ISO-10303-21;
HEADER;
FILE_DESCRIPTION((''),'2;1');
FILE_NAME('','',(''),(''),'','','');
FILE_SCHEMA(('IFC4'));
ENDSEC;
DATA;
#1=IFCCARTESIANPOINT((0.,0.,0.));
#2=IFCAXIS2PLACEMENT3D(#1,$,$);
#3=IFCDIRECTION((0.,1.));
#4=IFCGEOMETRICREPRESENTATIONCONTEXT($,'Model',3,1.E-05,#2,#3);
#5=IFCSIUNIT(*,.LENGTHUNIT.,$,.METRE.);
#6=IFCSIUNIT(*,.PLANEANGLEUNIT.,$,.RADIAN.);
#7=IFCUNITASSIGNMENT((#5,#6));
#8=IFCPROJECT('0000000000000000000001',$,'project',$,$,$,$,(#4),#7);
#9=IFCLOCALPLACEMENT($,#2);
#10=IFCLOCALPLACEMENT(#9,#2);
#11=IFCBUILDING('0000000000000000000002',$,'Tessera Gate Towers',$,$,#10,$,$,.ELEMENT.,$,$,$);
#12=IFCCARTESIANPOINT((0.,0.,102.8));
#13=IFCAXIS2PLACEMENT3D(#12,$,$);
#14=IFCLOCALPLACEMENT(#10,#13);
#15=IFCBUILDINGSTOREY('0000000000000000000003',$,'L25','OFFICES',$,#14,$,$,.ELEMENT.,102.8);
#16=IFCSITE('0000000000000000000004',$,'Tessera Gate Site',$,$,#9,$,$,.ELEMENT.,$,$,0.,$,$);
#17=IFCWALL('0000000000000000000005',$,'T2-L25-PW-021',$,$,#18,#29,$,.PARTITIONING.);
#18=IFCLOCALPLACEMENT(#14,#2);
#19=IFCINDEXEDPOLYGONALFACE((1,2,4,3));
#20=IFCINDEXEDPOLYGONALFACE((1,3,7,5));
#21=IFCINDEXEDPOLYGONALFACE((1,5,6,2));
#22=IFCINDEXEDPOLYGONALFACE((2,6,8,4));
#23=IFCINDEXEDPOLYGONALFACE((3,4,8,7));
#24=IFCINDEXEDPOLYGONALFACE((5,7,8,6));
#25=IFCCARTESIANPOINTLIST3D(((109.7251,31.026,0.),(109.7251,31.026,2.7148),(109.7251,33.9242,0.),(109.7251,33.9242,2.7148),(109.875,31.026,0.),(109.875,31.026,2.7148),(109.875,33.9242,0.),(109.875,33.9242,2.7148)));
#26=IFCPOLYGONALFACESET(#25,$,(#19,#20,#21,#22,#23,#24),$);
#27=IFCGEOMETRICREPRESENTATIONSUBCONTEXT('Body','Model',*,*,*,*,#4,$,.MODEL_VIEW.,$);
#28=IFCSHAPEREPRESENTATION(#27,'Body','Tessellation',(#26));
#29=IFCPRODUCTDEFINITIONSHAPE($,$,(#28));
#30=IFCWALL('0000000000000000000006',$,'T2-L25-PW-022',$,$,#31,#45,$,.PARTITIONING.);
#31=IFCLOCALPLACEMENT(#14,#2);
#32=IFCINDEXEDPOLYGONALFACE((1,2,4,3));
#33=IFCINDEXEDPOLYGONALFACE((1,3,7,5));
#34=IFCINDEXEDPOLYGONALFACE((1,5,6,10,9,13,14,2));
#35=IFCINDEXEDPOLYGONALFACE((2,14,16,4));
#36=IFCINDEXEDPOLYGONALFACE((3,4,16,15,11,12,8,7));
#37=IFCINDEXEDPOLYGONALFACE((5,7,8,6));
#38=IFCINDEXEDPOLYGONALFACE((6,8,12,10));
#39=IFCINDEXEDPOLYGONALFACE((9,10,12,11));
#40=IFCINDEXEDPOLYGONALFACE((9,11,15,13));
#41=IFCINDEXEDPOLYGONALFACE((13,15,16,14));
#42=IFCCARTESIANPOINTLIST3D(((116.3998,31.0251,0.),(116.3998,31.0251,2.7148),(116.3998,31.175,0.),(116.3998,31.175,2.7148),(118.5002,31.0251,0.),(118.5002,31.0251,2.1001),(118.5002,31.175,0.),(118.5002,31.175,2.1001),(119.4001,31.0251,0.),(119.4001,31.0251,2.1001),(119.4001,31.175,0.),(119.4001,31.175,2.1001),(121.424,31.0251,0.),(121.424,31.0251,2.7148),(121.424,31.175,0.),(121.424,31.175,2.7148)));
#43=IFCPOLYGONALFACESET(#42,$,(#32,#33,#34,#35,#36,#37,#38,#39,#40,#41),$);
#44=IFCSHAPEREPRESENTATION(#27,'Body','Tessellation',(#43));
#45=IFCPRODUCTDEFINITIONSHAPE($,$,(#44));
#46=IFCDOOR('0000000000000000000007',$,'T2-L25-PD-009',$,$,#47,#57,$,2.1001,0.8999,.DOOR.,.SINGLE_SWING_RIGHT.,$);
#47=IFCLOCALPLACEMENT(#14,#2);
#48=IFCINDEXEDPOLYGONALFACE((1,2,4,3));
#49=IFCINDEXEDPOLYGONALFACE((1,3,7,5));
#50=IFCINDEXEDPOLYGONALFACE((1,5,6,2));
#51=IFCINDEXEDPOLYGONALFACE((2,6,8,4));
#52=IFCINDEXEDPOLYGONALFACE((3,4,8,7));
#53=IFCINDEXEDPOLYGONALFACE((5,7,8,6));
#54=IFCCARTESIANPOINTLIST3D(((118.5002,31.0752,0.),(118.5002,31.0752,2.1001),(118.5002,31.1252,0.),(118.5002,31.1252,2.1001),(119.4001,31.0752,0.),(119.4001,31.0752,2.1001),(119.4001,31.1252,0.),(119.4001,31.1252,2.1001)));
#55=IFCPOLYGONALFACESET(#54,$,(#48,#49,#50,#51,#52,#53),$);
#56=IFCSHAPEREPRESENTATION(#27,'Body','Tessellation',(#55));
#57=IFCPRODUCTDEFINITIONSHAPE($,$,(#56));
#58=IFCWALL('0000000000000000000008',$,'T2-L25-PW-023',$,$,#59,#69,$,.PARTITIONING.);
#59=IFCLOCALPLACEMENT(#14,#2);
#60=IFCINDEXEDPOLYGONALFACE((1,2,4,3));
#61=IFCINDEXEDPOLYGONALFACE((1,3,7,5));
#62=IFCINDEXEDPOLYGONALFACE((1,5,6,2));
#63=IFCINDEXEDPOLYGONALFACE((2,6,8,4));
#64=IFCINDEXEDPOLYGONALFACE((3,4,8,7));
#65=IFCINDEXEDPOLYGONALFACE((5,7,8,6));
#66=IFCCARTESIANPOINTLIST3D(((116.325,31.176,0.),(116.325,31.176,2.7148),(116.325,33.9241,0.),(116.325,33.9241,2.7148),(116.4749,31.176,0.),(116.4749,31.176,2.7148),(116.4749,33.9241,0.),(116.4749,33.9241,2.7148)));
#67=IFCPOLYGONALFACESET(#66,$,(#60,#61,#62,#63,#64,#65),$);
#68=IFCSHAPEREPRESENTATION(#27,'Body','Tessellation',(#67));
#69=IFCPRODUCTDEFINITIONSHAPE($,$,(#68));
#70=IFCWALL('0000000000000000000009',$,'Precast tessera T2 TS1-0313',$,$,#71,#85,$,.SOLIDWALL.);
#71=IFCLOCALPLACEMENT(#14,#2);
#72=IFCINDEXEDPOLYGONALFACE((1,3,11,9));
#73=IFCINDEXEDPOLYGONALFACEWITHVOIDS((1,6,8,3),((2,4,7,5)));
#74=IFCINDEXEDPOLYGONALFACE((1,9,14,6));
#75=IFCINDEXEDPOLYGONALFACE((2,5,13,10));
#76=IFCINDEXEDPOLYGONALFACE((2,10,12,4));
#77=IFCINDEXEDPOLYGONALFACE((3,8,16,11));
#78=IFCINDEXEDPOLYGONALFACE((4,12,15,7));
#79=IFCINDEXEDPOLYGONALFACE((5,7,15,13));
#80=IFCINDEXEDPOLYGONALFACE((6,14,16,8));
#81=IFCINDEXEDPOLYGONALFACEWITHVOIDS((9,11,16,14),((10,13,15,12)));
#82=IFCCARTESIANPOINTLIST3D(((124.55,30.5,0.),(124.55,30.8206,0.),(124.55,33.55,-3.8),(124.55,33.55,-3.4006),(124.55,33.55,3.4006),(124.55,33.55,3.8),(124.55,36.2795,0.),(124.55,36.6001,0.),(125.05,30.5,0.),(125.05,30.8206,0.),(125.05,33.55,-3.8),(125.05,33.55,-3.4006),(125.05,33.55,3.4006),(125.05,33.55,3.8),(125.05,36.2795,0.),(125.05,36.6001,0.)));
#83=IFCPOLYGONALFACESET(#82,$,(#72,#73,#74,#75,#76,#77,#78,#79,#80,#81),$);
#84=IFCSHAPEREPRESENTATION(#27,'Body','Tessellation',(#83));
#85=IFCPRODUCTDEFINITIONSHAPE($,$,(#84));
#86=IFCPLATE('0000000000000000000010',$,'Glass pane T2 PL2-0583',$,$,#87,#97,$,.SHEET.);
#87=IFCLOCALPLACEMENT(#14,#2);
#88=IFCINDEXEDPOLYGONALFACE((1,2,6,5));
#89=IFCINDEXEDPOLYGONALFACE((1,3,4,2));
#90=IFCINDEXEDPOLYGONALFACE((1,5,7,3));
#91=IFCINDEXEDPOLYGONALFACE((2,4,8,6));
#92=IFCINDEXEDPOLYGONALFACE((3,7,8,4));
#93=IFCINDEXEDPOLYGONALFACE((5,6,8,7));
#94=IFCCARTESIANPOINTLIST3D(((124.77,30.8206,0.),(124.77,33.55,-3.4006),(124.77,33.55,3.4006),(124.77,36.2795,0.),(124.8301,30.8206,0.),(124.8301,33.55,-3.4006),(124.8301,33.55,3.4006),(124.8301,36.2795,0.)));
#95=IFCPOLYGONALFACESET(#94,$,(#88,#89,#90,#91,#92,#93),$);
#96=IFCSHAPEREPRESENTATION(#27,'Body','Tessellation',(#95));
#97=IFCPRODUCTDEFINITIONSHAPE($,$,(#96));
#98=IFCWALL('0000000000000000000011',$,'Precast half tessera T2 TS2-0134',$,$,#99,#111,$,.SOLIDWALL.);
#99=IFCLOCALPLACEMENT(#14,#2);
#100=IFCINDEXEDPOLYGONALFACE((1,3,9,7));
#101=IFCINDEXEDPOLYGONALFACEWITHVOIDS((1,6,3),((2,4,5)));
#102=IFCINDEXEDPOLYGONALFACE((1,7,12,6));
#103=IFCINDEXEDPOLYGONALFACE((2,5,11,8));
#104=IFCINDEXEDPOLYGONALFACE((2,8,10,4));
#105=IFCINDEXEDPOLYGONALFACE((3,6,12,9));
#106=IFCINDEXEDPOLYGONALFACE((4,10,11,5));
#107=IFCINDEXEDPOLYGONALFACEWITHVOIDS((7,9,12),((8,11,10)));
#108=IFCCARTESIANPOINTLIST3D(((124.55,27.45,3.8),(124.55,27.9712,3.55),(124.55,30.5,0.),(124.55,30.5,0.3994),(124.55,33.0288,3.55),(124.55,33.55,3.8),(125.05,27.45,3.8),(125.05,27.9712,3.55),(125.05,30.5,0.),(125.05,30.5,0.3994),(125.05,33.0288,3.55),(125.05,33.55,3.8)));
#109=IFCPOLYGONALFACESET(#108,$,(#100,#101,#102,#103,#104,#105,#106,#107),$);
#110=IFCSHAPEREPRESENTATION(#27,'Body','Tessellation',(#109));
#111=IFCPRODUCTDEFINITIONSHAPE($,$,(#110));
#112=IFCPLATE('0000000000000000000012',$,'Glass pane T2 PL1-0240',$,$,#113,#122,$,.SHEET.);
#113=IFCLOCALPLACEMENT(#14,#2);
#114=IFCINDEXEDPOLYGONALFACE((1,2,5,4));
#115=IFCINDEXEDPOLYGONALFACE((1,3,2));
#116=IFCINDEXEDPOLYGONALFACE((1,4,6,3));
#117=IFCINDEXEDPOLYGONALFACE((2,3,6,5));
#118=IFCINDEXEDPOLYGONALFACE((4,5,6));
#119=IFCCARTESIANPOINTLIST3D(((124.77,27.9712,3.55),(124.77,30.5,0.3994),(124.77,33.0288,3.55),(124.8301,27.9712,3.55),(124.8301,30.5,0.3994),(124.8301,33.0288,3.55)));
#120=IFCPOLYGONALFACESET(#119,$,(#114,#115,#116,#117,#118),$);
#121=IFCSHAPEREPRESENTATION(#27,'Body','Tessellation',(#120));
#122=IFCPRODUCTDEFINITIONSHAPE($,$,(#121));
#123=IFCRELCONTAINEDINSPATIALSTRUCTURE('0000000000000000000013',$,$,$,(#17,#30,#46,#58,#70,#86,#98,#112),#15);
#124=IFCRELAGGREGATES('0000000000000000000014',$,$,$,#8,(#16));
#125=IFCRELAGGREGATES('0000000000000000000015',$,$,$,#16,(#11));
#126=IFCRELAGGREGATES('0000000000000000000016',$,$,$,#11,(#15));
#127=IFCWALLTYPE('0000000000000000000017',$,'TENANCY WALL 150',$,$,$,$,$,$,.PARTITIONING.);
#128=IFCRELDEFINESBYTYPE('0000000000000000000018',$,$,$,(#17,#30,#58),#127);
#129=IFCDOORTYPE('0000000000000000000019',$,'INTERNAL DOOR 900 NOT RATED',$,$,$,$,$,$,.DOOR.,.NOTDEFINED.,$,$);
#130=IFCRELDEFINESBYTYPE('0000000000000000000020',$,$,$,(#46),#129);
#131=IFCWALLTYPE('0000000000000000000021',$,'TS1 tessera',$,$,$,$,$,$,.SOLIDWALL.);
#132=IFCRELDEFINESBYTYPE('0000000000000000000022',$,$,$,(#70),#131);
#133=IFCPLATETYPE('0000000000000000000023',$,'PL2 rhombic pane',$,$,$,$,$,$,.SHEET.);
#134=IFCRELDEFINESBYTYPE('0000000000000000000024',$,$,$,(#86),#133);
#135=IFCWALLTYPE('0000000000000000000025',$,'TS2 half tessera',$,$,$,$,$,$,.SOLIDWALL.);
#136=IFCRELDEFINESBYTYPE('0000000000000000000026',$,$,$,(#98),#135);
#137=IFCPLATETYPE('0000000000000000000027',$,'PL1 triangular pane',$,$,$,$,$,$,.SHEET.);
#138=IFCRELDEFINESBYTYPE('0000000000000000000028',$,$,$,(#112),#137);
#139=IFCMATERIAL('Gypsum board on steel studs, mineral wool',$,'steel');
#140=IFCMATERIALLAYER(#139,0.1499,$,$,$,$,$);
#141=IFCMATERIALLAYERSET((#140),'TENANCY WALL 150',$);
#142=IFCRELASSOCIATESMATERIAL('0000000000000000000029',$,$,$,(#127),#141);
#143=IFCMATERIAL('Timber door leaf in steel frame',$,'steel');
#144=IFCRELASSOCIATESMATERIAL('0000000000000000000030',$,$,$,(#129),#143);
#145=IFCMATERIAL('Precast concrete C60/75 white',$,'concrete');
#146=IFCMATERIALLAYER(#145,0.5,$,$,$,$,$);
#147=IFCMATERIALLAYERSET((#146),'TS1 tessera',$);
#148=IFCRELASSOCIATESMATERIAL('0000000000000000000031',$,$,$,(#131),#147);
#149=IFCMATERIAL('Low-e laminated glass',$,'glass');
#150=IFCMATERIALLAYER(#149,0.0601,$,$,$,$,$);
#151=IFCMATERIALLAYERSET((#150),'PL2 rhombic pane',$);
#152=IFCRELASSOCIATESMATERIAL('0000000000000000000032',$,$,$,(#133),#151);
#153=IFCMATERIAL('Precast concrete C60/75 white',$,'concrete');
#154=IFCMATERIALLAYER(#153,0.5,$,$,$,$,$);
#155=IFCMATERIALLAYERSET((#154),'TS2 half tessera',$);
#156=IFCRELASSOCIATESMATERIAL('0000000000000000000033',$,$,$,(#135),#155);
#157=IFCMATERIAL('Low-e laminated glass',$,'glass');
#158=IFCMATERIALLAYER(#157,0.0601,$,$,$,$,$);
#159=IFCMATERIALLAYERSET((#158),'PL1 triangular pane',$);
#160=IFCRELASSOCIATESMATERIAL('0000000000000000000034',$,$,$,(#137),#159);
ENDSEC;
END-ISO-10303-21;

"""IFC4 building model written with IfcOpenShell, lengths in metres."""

from ifc_helpers import new_model, si_unit, direction, frame, frame_2d, origin, place, context, subcontext, project, spatial, polyline, rectangle, outline, extrude, source, transform, mapped, material, layer, layer_set, type_object, element, fill, save


model = new_model("IFC4")

# Units and contexts
model_context = context("Model", 3, precision=1e-05, world=origin(), true_north=direction((0.0, 1.0)))
body_context = subcontext(model_context, "Body", "Model", "MODEL_VIEW")
ifc_project = project(units=[si_unit("LENGTHUNIT", "METRE"), si_unit("PLANEANGLEUNIT", "RADIAN")], contexts=[model_context])

# Site, building, storey
site_placement = place(None, origin())
site = spatial("IfcSite", under=ifc_project, at=site_placement, Name="Tessera Gate Site", CompositionType="ELEMENT", RefElevation=0.0)
building_placement = place(site_placement, origin())
building = spatial("IfcBuilding", under=site, at=building_placement, Name="Tessera Gate Towers", CompositionType="ELEMENT")
storey_placement = place(building_placement, frame((0.0, 0.0, 102.8)))
storey = spatial("IfcBuildingStorey", under=building, at=storey_placement, Name="L25", Description="OFFICES", CompositionType="ELEMENT", Elevation=102.8)

# Shared definitions
shared_shape_1 = source(origin(), body_context, "Body", "SweptSolid", [
    extrude(rectangle(XDim=0.8999, YDim=2.1001, at=frame_2d((0.45, 1.05))), frame((0.0, 0.085, 0.0), z_axis=(0.0, -1.0, 0.0), x_axis=(1.0, 0.0, 0.0)), (0.0, 0.0, 1.0), 0.1699),
])
shared_shape_2 = source(origin(), body_context, "Body", "SweptSolid", [
    extrude(rectangle(XDim=0.8999, YDim=2.1001, at=frame_2d((0.45, 1.05))), frame((0.0, 0.0249, 0.0), z_axis=(0.0, -1.0, 0.0), x_axis=(1.0, 0.0, 0.0)), (0.0, 0.0, 1.0), 0.05),
])

# Shared definitions
ifc_material_1 = material(Name="Gypsum board on steel studs, mineral wool", Category="steel")
ifc_layer_1 = layer(ifc_material_1, 0.1499)
ifc_layer_set_1 = layer_set([ifc_layer_1], Name="TENANCY WALL 150")
wall_type_1 = type_object("IfcWallType", Name="TENANCY WALL 150", PredefinedType="PARTITIONING", material=ifc_layer_set_1)
ifc_material_2 = material(Name="Timber door leaf in steel frame", Category="steel")
door_type_1 = type_object("IfcDoorType", Name="INTERNAL DOOR 900 NOT RATED", OperationType="NOTDEFINED", PredefinedType="DOOR", material=ifc_material_2)

# Wall
wall_1_placement = place(storey_placement, frame((109.8, 31.0259, 0.0), z_axis=(0.0, 0.0, 1.0), x_axis=(0.0, 1.0, 0.0)))
element("IfcWall", 1, at=wall_1_placement, inside=storey, type_object=wall_type_1, Name="T2-L25-PW-021", PredefinedType="PARTITIONING", context=body_context, shape_type="SweptSolid", body=[
    extrude(rectangle(XDim=2.8982, YDim=0.1499, at=frame_2d((1.4492, 0.0))), origin(), (0.0, 0.0, 1.0), 2.7148),
])

# Wall, opening, door
wall_2_placement = place(storey_placement, frame((121.4241, 31.1001, 0.0), z_axis=(0.0, 0.0, 1.0), x_axis=(-1.0, 0.0, 0.0)))
wall_2 = element("IfcWall", 2, at=wall_2_placement, inside=storey, type_object=wall_type_1, Name="T2-L25-PW-022", PredefinedType="PARTITIONING", context=body_context, shape_type="SweptSolid", body=[
    extrude(rectangle(XDim=5.0242, YDim=0.1499, at=frame_2d((2.5122, 0.0))), origin(), (0.0, 0.0, 1.0), 2.7148),
])
opening_1_placement = place(wall_2_placement, frame((2.0239, 0.0, 0.0)))
opening_1 = element("IfcOpeningElement", 3, at=opening_1_placement, cuts=wall_2, PredefinedType="OPENING", context=body_context, shape_type="MappedRepresentation", body=[
    mapped(shared_shape_1, transform((0.0, 0.0, 0.0), scale=1.0)),
])
door_1_placement = place(opening_1_placement, origin())
door_1 = element("IfcDoor", 4, at=door_1_placement, inside=storey, type_object=door_type_1, Name="T2-L25-PD-009", OperationType="SINGLE_SWING_RIGHT", OverallHeight=2.1001, OverallWidth=0.8999, PredefinedType="DOOR", context=body_context, shape_type="MappedRepresentation", body=[
    mapped(shared_shape_2, transform((0.0, 0.0, 0.0), scale=1.0)),
])
fill(opening_1, door_1)

# Wall
wall_3_placement = place(storey_placement, frame((116.3999, 31.176, 0.0), z_axis=(0.0, 0.0, 1.0), x_axis=(0.0, 1.0, 0.0)))
element("IfcWall", 5, at=wall_3_placement, inside=storey, type_object=wall_type_1, Name="T2-L25-PW-023", PredefinedType="PARTITIONING", context=body_context, shape_type="SweptSolid", body=[
    extrude(rectangle(XDim=2.748, YDim=0.1499, at=frame_2d((1.374, 0.0))), origin(), (0.0, 0.0, 1.0), 2.7148),
])

# Walls, openings, plates
ifc_material_3 = material(Name="Precast concrete C60/75 white", Category="concrete")
ifc_layer_2 = layer(ifc_material_3, 0.5)
ifc_layer_set_2 = layer_set([ifc_layer_2], Name="TS1 tessera")
wall_type_2 = type_object("IfcWallType", Name="TS1 tessera", PredefinedType="SOLIDWALL", material=ifc_layer_set_2)
shared_shape_3 = source(origin(), body_context, "Body", "SweptSolid", [
    extrude(outline(polyline([(3.05, 0.0), (6.1001, 3.8), (3.05, 7.6001), (0.0, 3.8), (3.05, 0.0)])), frame((0.0, 0.25, 0.0), z_axis=(0.0, -1.0, 0.0), x_axis=(1.0, 0.0, 0.0)), (0.0, 0.0, 1.0), 0.5),
])
wall_4_placement = place(storey_placement, frame((124.8, 30.5, -3.8), z_axis=(0.0, 0.0, 1.0), x_axis=(0.0, 1.0, 0.0)))
wall_4 = element("IfcWall", 6, at=wall_4_placement, inside=storey, type_object=wall_type_2, Name="Precast tessera T2 TS1-0313", PredefinedType="SOLIDWALL", context=body_context, shape_type="MappedRepresentation", body=[
    mapped(shared_shape_3, transform((0.0, 0.0, 0.0), scale=1.0)),
])
shared_shape_4 = source(origin(), body_context, "Body", "SweptSolid", [
    extrude(outline(polyline([(3.05, 0.3994), (5.7795, 3.8), (3.05, 7.2007), (0.3206, 3.8), (3.05, 0.3994)])), frame((0.0, 0.26, 0.0), z_axis=(0.0, -1.0, 0.0), x_axis=(1.0, 0.0, 0.0)), (0.0, 0.0, 1.0), 0.52),
])
opening_2_placement = place(wall_4_placement, origin())
opening_2 = element("IfcOpeningElement", 7, at=opening_2_placement, cuts=wall_4, PredefinedType="OPENING", context=body_context, shape_type="MappedRepresentation", body=[
    mapped(shared_shape_4, transform((0.0, 0.0, 0.0), scale=1.0)),
])
ifc_material_4 = material(Name="Low-e laminated glass", Category="glass")
ifc_layer_3 = layer(ifc_material_4, 0.0601)
ifc_layer_set_3 = layer_set([ifc_layer_3], Name="PL2 rhombic pane")
plate_type_1 = type_object("IfcPlateType", Name="PL2 rhombic pane", PredefinedType="SHEET", material=ifc_layer_set_3)
shared_shape_5 = source(origin(), body_context, "Body", "SweptSolid", [
    extrude(outline(polyline([(3.05, 0.3994), (5.7795, 3.8), (3.05, 7.2007), (0.3206, 3.8), (3.05, 0.3994)])), frame((0.0, 0.03, 0.0), z_axis=(0.0, -1.0, 0.0), x_axis=(1.0, 0.0, 0.0)), (0.0, 0.0, 1.0), 0.0601),
])
plate_1_placement = place(opening_2_placement, origin())
plate_1 = element("IfcPlate", 8, at=plate_1_placement, inside=storey, type_object=plate_type_1, Name="Glass pane T2 PL2-0583", PredefinedType="SHEET", context=body_context, shape_type="MappedRepresentation", body=[
    mapped(shared_shape_5, transform((0.0, 0.0, 0.0), scale=1.0)),
])
fill(opening_2, plate_1)
ifc_material_5 = material(Name="Precast concrete C60/75 white", Category="concrete")
ifc_layer_4 = layer(ifc_material_5, 0.5)
ifc_layer_set_4 = layer_set([ifc_layer_4], Name="TS2 half tessera")
wall_type_3 = type_object("IfcWallType", Name="TS2 half tessera", PredefinedType="SOLIDWALL", material=ifc_layer_set_4)
shared_shape_6 = source(origin(), body_context, "Body", "SweptSolid", [
    extrude(outline(polyline([(3.05, 0.0), (6.1001, 3.8), (0.0, 3.8), (3.05, 0.0)])), frame((0.0, 0.25, 0.0), z_axis=(0.0, -1.0, 0.0), x_axis=(1.0, 0.0, 0.0)), (0.0, 0.0, 1.0), 0.5),
])
wall_5_placement = place(storey_placement, frame((124.8, 27.45, 0.0), z_axis=(0.0, 0.0, 1.0), x_axis=(0.0, 1.0, 0.0)))
wall_5 = element("IfcWall", 9, at=wall_5_placement, inside=storey, type_object=wall_type_3, Name="Precast half tessera T2 TS2-0134", PredefinedType="SOLIDWALL", context=body_context, shape_type="MappedRepresentation", body=[
    mapped(shared_shape_6, transform((0.0, 0.0, 0.0), scale=1.0)),
])
shared_shape_7 = source(origin(), body_context, "Body", "SweptSolid", [
    extrude(outline(polyline([(3.05, 0.3994), (5.5789, 3.55), (0.5212, 3.55), (3.05, 0.3994)])), frame((0.0, 0.26, 0.0), z_axis=(0.0, -1.0, 0.0), x_axis=(1.0, 0.0, 0.0)), (0.0, 0.0, 1.0), 0.52),
])
opening_3_placement = place(wall_5_placement, origin())
opening_3 = element("IfcOpeningElement", 10, at=opening_3_placement, cuts=wall_5, PredefinedType="OPENING", context=body_context, shape_type="MappedRepresentation", body=[
    mapped(shared_shape_7, transform((0.0, 0.0, 0.0), scale=1.0)),
])
ifc_material_6 = material(Name="Low-e laminated glass", Category="glass")
ifc_layer_5 = layer(ifc_material_6, 0.0601)
ifc_layer_set_5 = layer_set([ifc_layer_5], Name="PL1 triangular pane")
plate_type_2 = type_object("IfcPlateType", Name="PL1 triangular pane", PredefinedType="SHEET", material=ifc_layer_set_5)
shared_shape_8 = source(origin(), body_context, "Body", "SweptSolid", [
    extrude(outline(polyline([(3.05, 0.3994), (5.5789, 3.55), (0.5212, 3.55), (3.05, 0.3994)])), frame((0.0, 0.03, 0.0), z_axis=(0.0, -1.0, 0.0), x_axis=(1.0, 0.0, 0.0)), (0.0, 0.0, 1.0), 0.0601),
])
plate_2_placement = place(opening_3_placement, origin())
plate_2 = element("IfcPlate", 11, at=plate_2_placement, inside=storey, type_object=plate_type_2, Name="Glass pane T2 PL1-0240", PredefinedType="SHEET", context=body_context, shape_type="MappedRepresentation", body=[
    mapped(shared_shape_8, transform((0.0, 0.0, 0.0), scale=1.0)),
])
fill(opening_3, plate_2)

save(model, "model.ifc")
